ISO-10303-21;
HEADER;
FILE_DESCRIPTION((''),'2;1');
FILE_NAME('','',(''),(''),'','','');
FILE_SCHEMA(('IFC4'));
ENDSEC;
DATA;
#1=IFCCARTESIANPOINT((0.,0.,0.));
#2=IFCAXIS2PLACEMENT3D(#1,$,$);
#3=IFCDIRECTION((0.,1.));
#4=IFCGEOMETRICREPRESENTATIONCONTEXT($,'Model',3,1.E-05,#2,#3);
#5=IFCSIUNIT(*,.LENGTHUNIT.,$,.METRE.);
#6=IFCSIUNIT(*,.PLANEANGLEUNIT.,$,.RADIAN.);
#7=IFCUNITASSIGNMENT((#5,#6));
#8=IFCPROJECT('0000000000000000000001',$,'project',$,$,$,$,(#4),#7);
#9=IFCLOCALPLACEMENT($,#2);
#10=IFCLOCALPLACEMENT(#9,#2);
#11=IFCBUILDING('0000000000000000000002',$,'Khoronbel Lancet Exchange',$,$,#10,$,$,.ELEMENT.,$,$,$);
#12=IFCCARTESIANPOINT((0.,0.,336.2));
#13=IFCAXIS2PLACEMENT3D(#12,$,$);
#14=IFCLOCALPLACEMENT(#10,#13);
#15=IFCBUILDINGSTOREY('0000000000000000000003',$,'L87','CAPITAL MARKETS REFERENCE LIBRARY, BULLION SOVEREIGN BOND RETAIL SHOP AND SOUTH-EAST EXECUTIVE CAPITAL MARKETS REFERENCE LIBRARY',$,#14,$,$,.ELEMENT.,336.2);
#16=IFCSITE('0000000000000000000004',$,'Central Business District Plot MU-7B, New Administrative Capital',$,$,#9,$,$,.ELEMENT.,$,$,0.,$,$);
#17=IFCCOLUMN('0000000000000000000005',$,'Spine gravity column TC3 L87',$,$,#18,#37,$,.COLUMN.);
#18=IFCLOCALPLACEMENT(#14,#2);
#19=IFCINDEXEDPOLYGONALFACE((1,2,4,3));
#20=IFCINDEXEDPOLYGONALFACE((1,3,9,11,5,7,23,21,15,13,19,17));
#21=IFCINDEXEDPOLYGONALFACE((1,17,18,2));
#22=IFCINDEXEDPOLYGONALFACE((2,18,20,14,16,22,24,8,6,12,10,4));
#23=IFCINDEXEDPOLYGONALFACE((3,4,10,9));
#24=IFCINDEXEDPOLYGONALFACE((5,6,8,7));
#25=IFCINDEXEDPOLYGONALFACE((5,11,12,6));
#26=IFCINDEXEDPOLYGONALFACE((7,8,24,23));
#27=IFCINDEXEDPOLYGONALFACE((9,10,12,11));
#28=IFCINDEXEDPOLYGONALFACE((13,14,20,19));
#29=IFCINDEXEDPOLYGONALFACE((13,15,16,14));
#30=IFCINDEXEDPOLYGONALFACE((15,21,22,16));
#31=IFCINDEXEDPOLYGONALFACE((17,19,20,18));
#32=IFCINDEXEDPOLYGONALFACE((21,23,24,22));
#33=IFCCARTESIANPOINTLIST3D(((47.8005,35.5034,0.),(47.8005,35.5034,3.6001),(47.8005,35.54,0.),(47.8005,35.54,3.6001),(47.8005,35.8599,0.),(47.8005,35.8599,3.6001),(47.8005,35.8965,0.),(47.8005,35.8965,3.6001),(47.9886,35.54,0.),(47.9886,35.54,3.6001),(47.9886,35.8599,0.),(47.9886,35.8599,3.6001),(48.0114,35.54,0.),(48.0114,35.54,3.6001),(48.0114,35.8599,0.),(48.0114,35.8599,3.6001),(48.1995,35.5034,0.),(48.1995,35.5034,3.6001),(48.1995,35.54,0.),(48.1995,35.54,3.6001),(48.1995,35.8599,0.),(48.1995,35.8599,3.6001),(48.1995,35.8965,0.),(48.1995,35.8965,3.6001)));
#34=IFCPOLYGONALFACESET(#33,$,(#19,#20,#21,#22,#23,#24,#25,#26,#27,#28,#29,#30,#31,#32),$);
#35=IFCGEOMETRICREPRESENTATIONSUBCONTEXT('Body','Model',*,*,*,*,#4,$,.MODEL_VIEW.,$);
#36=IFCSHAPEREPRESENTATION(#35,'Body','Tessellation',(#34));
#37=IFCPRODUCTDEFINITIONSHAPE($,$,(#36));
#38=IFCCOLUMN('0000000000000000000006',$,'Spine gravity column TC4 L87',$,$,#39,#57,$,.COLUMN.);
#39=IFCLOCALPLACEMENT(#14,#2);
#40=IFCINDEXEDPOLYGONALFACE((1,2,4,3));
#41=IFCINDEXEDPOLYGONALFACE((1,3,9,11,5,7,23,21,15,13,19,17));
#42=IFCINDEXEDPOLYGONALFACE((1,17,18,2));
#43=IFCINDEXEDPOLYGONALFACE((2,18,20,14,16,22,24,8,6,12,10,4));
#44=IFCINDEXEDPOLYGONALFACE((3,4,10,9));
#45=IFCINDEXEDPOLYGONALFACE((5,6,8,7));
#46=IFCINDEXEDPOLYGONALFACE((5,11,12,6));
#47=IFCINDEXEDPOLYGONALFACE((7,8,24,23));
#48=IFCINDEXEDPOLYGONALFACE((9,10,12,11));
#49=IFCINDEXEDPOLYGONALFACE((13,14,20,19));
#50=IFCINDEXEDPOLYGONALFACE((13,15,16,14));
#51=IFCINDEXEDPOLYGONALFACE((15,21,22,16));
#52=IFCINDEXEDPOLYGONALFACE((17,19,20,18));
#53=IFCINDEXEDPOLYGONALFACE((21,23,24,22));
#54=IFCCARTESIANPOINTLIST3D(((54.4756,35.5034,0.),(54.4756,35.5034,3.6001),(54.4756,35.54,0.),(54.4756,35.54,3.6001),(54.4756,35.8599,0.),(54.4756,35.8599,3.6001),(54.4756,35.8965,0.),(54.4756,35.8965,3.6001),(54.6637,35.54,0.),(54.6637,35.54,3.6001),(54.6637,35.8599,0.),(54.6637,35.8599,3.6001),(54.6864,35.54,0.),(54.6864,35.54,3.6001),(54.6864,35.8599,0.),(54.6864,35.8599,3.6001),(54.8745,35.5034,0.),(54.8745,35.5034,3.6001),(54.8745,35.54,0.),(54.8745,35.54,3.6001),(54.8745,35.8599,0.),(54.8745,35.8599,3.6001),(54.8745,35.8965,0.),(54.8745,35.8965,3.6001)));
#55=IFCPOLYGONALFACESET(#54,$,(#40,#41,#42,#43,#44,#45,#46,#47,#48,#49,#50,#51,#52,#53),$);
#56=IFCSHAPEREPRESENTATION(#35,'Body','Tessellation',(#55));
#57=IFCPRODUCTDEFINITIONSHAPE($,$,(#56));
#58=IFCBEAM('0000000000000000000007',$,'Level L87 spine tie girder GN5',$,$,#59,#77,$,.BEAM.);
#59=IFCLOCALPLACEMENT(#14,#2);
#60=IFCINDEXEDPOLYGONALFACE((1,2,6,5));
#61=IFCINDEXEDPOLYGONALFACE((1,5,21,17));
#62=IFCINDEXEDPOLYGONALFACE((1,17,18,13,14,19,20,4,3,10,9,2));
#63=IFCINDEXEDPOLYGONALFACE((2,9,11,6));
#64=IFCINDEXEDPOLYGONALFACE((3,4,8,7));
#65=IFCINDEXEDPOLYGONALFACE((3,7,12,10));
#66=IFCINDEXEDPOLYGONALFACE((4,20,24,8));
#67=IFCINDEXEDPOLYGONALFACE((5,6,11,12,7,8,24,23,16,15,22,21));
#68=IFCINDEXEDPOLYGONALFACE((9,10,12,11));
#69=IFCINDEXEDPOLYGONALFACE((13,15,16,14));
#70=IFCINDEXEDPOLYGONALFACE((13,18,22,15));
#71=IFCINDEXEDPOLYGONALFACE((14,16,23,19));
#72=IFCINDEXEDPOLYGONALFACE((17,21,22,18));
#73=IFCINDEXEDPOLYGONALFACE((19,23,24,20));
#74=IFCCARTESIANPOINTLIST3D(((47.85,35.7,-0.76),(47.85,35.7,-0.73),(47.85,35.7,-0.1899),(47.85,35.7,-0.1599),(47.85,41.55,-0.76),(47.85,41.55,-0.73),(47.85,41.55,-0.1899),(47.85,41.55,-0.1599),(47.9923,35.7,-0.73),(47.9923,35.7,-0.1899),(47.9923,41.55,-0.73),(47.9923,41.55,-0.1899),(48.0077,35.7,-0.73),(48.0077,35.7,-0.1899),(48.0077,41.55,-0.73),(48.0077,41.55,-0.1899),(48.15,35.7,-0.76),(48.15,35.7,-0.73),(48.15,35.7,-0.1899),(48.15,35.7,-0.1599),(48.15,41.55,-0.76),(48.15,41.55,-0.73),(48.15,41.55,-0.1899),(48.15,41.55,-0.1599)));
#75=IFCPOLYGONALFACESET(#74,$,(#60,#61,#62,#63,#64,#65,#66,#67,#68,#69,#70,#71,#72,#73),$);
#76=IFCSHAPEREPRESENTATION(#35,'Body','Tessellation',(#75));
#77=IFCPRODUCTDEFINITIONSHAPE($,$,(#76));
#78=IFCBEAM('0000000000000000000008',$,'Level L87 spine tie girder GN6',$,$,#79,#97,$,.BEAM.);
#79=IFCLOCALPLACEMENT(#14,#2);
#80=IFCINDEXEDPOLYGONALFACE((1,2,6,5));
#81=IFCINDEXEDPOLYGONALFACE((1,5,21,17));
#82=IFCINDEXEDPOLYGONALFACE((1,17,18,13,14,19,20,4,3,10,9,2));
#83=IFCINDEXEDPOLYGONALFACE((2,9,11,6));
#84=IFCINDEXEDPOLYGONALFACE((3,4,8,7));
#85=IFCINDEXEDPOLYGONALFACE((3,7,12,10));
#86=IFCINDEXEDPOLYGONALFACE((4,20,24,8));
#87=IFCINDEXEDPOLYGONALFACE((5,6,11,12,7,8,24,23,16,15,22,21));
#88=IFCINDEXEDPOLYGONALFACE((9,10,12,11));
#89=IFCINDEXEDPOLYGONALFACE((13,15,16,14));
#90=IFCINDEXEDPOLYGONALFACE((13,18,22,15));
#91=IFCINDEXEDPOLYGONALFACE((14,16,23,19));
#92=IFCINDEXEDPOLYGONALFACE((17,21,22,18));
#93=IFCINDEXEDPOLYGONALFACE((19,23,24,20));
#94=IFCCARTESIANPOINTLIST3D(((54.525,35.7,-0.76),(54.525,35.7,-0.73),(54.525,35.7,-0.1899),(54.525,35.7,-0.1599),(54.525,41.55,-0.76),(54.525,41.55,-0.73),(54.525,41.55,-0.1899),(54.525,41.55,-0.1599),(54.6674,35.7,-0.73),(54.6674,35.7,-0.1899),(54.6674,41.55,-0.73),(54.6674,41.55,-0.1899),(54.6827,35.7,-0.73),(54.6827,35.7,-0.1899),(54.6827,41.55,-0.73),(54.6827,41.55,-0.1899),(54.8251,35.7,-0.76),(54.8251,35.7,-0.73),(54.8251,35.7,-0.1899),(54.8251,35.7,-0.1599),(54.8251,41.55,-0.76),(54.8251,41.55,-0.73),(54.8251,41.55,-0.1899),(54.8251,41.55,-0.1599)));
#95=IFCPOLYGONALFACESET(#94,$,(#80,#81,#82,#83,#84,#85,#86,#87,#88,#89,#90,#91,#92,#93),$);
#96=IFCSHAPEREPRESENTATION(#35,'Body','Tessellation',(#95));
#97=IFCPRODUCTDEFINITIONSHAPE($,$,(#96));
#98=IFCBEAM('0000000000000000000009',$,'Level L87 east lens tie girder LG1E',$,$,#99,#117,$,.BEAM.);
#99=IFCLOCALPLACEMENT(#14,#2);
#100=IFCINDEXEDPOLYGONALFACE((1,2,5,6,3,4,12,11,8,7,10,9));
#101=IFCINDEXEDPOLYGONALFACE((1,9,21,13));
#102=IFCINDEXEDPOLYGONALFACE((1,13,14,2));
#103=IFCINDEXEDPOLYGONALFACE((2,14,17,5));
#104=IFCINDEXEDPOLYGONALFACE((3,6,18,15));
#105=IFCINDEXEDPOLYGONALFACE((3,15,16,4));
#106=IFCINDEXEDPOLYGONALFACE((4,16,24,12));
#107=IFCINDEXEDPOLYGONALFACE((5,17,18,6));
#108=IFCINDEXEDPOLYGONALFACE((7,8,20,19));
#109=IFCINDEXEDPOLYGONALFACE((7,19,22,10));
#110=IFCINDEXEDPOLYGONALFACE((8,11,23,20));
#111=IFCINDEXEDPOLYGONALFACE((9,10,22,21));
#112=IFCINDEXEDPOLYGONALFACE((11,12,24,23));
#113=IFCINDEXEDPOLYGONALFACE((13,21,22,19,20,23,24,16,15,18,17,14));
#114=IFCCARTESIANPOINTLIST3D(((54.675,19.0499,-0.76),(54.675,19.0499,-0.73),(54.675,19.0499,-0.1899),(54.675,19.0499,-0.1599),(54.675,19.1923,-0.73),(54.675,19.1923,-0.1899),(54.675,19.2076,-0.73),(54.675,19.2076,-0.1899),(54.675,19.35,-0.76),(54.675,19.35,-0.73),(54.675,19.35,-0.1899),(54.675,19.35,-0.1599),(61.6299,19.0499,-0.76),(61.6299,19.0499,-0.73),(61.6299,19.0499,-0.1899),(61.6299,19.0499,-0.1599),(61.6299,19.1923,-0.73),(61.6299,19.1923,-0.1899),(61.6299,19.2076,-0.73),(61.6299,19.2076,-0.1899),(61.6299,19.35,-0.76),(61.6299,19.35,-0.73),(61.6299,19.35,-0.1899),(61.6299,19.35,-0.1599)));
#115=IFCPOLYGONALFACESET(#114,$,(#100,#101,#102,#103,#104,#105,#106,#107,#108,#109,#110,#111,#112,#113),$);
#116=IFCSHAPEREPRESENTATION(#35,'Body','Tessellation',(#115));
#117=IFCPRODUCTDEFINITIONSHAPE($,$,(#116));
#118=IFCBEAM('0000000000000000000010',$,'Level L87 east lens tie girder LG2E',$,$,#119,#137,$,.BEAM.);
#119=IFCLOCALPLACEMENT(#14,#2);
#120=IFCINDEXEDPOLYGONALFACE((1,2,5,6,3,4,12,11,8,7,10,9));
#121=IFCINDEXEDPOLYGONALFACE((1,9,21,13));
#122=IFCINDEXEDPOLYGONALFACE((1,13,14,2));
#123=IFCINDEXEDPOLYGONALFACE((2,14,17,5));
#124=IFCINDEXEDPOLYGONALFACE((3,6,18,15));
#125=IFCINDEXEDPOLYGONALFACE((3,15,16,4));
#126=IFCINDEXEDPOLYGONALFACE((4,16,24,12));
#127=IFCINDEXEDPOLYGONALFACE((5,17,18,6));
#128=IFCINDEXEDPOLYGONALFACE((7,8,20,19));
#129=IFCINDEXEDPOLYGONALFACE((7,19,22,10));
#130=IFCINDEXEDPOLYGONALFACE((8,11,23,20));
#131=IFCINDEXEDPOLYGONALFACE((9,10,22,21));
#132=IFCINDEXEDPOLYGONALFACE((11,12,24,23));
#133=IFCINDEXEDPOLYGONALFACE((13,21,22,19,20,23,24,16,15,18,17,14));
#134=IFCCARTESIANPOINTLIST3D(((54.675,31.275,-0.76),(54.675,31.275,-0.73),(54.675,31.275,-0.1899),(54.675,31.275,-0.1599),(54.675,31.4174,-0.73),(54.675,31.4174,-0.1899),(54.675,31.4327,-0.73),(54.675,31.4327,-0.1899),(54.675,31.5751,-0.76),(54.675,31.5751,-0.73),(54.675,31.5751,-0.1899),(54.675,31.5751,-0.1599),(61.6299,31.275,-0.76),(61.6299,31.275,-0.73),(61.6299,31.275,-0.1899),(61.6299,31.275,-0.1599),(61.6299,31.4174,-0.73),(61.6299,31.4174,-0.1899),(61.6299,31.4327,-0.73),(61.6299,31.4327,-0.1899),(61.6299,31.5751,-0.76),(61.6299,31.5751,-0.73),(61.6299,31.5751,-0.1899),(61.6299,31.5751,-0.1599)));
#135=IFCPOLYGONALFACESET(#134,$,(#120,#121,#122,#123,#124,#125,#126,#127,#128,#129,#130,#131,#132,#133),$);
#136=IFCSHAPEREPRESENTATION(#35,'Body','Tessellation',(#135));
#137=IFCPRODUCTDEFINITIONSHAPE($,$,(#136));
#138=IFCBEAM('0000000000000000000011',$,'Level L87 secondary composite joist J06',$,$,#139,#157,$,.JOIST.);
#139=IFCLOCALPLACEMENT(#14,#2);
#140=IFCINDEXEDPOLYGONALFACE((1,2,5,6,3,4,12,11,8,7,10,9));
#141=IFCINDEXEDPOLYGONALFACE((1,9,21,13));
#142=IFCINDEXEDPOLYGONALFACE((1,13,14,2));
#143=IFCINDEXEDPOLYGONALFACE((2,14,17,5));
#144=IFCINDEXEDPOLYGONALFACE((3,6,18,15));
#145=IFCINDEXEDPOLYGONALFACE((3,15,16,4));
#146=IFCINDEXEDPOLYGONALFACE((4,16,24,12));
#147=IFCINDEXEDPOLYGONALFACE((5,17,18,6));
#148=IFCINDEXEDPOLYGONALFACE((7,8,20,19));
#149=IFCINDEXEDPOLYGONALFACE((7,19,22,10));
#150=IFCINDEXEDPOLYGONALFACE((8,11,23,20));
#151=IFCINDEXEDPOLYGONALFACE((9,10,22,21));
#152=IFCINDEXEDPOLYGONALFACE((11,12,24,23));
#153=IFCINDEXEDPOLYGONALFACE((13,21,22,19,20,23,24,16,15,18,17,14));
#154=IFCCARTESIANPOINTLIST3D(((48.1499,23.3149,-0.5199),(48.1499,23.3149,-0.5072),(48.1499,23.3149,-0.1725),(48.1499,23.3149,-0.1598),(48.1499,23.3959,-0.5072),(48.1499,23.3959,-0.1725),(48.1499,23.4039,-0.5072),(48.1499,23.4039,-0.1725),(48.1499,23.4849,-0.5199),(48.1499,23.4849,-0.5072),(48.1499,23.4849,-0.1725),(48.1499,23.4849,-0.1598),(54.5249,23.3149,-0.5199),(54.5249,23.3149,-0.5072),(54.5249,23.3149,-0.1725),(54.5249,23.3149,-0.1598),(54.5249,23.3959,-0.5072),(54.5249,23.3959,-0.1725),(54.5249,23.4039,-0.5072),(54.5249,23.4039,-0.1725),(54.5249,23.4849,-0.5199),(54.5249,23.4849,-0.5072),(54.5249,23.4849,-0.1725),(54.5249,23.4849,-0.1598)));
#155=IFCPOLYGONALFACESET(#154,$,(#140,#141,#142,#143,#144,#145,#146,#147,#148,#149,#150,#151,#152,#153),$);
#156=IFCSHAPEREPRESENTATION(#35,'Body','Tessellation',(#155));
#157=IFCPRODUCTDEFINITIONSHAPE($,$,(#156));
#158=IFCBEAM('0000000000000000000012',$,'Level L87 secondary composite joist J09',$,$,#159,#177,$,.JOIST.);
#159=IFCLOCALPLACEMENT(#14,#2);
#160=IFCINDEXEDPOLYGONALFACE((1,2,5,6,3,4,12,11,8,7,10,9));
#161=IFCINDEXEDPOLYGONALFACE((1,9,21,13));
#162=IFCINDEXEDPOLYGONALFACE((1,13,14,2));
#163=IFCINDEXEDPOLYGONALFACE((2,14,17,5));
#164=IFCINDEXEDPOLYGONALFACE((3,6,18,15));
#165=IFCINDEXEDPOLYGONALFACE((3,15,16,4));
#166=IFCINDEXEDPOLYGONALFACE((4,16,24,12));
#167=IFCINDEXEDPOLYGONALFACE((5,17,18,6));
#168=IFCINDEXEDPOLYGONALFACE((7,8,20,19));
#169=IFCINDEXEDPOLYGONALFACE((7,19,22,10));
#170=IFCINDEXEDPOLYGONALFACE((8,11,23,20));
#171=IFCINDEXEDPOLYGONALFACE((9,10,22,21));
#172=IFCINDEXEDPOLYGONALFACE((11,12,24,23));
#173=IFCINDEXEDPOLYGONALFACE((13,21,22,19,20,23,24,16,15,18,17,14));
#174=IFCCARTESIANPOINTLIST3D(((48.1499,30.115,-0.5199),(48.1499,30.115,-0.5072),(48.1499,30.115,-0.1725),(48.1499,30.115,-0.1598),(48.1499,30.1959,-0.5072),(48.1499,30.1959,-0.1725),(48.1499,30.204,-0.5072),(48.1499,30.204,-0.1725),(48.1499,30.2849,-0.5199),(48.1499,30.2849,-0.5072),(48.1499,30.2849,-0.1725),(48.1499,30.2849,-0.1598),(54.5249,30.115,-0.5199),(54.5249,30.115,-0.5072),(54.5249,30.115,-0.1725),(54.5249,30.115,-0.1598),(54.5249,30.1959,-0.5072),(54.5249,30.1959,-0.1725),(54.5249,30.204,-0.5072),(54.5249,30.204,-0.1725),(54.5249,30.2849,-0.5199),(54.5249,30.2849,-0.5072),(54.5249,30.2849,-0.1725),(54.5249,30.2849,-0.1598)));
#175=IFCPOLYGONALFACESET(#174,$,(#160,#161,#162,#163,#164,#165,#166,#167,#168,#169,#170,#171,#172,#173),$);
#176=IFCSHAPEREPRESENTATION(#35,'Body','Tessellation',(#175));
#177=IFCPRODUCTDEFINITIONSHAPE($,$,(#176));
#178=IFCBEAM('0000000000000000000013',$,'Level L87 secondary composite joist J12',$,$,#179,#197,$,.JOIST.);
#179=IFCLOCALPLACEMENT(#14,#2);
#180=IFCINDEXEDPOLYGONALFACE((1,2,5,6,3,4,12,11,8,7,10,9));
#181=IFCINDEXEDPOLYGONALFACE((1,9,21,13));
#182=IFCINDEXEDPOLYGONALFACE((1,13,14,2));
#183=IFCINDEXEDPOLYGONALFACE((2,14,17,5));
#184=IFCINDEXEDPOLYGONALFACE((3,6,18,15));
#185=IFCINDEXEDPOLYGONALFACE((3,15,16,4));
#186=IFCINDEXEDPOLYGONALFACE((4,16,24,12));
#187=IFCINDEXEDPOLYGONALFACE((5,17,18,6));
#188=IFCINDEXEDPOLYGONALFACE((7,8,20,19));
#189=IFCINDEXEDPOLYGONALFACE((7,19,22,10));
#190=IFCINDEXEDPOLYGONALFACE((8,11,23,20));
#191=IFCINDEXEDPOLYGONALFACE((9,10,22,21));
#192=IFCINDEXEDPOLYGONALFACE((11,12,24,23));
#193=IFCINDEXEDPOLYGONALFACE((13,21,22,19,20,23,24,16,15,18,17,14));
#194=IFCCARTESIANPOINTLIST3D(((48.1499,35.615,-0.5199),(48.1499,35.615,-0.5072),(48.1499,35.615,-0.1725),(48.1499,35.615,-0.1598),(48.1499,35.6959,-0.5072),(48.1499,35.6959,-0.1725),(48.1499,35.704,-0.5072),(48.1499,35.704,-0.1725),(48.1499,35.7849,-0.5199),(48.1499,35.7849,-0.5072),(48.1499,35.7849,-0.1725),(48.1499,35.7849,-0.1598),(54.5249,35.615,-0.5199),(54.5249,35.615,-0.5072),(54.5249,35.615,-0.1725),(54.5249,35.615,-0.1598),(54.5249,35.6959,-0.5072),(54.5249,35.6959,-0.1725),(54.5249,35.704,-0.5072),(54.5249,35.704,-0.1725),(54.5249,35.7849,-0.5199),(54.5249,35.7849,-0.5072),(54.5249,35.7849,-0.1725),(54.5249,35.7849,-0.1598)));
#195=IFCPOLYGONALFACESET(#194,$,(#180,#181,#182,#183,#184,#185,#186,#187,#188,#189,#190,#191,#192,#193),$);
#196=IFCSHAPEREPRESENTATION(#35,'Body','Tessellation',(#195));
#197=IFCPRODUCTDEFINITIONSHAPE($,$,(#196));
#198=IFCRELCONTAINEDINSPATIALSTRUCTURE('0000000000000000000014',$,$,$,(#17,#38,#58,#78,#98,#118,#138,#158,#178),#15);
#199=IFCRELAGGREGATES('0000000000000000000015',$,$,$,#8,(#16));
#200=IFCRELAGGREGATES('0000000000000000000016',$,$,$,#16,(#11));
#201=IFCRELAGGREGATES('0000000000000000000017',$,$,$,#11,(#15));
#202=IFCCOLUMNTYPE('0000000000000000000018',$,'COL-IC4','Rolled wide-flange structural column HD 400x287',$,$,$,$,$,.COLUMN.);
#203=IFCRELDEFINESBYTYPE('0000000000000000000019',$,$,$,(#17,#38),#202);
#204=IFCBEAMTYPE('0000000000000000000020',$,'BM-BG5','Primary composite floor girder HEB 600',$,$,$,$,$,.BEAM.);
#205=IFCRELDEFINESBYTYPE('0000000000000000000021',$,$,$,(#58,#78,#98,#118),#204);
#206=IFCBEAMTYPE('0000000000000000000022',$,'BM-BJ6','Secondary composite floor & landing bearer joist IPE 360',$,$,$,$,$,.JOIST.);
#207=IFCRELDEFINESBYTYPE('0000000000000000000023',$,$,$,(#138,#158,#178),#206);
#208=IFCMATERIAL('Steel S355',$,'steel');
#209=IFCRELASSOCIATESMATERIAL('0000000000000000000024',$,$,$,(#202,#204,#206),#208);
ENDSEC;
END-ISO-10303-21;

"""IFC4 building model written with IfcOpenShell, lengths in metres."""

from ifc_helpers import new_model, si_unit, direction, frame, origin, origin_2d, place, context, subcontext, project, spatial, i_section, extrude, material, material_profile, profile_set, type_object, element, save


model = new_model("IFC4")

# Units and contexts
model_context = context("Model", 3, precision=1e-05, world=origin(), true_north=direction((0.0, 1.0)))
body_context = subcontext(model_context, "Body", "Model", "MODEL_VIEW")
ifc_project = project(units=[si_unit("LENGTHUNIT", "METRE"), si_unit("PLANEANGLEUNIT", "RADIAN")], contexts=[model_context])

# Site, building, storey
site_placement = place(None, origin())
site = spatial("IfcSite", under=ifc_project, at=site_placement, Name="Central Business District Plot MU-7B, New Administrative Capital", CompositionType="ELEMENT", RefElevation=0.0)
building_placement = place(site_placement, origin())
building = spatial("IfcBuilding", under=site, at=building_placement, Name="Khoronbel Lancet Exchange", CompositionType="ELEMENT")
storey_placement = place(building_placement, frame((0.0, 0.0, 336.2)))
storey = spatial("IfcBuildingStorey", under=building, at=storey_placement, Name="L87", Description="CAPITAL MARKETS REFERENCE LIBRARY, BULLION SOVEREIGN BOND RETAIL SHOP AND SOUTH-EAST EXECUTIVE CAPITAL MARKETS REFERENCE LIBRARY", CompositionType="ELEMENT", Elevation=336.2)

# Columns
ifc_material_1 = material(Name="Steel S355", Category="steel")
ifc_material_profile_1 = material_profile(ifc_material_1, i_section(OverallWidth=0.3989, OverallDepth=0.3931, WebThickness=0.0227, FlangeThickness=0.0366, at=origin_2d()), Name="HD 400x287")
ifc_profile_set_1 = profile_set([ifc_material_profile_1], Name="Steel S355")
column_type = type_object("IfcColumnType", Name="COL-IC4", Description="Rolled wide-flange structural column HD 400x287", PredefinedType="COLUMN", material=ifc_profile_set_1)
for number, where, z_axis, x_axis, name in (
    (1, (48.0, 35.7, 0.0), (0.0, 0.0, 1.0), (1.0, 0.0, 0.0), "Spine gravity column TC3 L87"),
    (2, (54.675, 35.7, 0.0), (0.0, 0.0, 1.0), (1.0, 0.0, 0.0), "Spine gravity column TC4 L87"),
):
    element("IfcColumn", number, at=place(storey_placement, frame(where, z_axis=z_axis, x_axis=x_axis)), inside=storey, type_object=column_type, Name=name, PredefinedType="COLUMN", context=body_context, shape_type="SweptSolid", body=[
        extrude(i_section(OverallWidth=0.3989, OverallDepth=0.3931, WebThickness=0.0227, FlangeThickness=0.0366, at=origin_2d()), origin(), (0.0, 0.0, 1.0), 3.6001),
    ])

# Beams
ifc_material_profile_2 = material_profile(ifc_material_1, i_section(OverallWidth=0.3, OverallDepth=0.6001, WebThickness=0.0154, FlangeThickness=0.03, at=origin_2d()), Name="HEB 600")
ifc_profile_set_2 = profile_set([ifc_material_profile_2], Name="Steel S355")
beam_type_1 = type_object("IfcBeamType", Name="BM-BG5", Description="Primary composite floor girder HEB 600", PredefinedType="BEAM", material=ifc_profile_set_2)
for number, where, z_axis, x_axis, name in (
    (3, (48.0, 35.7, -0.46), (0.0, 1.0, 0.0), (-1.0, 0.0, 0.0), "Level L87 spine tie girder GN5"),
    (4, (54.675, 35.7, -0.46), (0.0, 1.0, 0.0), (-1.0, 0.0, 0.0), "Level L87 spine tie girder GN6"),
):
    element("IfcBeam", number, at=place(storey_placement, frame(where, z_axis=z_axis, x_axis=x_axis)), inside=storey, type_object=beam_type_1, Name=name, PredefinedType="BEAM", context=body_context, shape_type="SweptSolid", body=[
        extrude(i_section(OverallWidth=0.3, OverallDepth=0.6001, WebThickness=0.0154, FlangeThickness=0.03, at=origin_2d()), origin(), (0.0, 0.0, 1.0), 5.8501),
    ])
for number, where, z_axis, x_axis, name in (
    (5, (54.675, 19.2, -0.46), (1.0, 0.0, 0.0), (0.0, 1.0, 0.0), "Level L87 east lens tie girder LG1E"),
    (6, (54.675, 31.425, -0.46), (1.0, 0.0, 0.0), (0.0, 1.0, 0.0), "Level L87 east lens tie girder LG2E"),
):
    element("IfcBeam", number, at=place(storey_placement, frame(where, z_axis=z_axis, x_axis=x_axis)), inside=storey, type_object=beam_type_1, Name=name, PredefinedType="BEAM", context=body_context, shape_type="SweptSolid", body=[
        extrude(i_section(OverallWidth=0.3, OverallDepth=0.6001, WebThickness=0.0154, FlangeThickness=0.03, at=origin_2d()), origin(), (0.0, 0.0, 1.0), 6.9548),
    ])
ifc_material_profile_3 = material_profile(ifc_material_1, i_section(OverallWidth=0.1699, OverallDepth=0.3601, WebThickness=0.0081, FlangeThickness=0.0127, at=origin_2d()), Name="IPE 360")
ifc_profile_set_3 = profile_set([ifc_material_profile_3], Name="Steel S355")
beam_type_2 = type_object("IfcBeamType", Name="BM-BJ6", Description="Secondary composite floor & landing bearer joist IPE 360", PredefinedType="JOIST", material=ifc_profile_set_3)
for number, where, z_axis, x_axis, name in (
    (7, (48.1499, 23.3999, -0.3398), (1.0, 0.0, 0.0), (0.0, 1.0, 0.0), "Level L87 secondary composite joist J06"),
    (8, (48.1499, 30.2, -0.3398), (1.0, 0.0, 0.0), (0.0, 1.0, 0.0), "Level L87 secondary composite joist J09"),
    (9, (48.1499, 35.7, -0.3398), (1.0, 0.0, 0.0), (0.0, 1.0, 0.0), "Level L87 secondary composite joist J12"),
):
    element("IfcBeam", number, at=place(storey_placement, frame(where, z_axis=z_axis, x_axis=x_axis)), inside=storey, type_object=beam_type_2, Name=name, PredefinedType="JOIST", context=body_context, shape_type="SweptSolid", body=[
        extrude(i_section(OverallWidth=0.1699, OverallDepth=0.3601, WebThickness=0.0081, FlangeThickness=0.0127, at=origin_2d()), origin(), (0.0, 0.0, 1.0), 6.375),
    ])

save(model, "model.ifc")
